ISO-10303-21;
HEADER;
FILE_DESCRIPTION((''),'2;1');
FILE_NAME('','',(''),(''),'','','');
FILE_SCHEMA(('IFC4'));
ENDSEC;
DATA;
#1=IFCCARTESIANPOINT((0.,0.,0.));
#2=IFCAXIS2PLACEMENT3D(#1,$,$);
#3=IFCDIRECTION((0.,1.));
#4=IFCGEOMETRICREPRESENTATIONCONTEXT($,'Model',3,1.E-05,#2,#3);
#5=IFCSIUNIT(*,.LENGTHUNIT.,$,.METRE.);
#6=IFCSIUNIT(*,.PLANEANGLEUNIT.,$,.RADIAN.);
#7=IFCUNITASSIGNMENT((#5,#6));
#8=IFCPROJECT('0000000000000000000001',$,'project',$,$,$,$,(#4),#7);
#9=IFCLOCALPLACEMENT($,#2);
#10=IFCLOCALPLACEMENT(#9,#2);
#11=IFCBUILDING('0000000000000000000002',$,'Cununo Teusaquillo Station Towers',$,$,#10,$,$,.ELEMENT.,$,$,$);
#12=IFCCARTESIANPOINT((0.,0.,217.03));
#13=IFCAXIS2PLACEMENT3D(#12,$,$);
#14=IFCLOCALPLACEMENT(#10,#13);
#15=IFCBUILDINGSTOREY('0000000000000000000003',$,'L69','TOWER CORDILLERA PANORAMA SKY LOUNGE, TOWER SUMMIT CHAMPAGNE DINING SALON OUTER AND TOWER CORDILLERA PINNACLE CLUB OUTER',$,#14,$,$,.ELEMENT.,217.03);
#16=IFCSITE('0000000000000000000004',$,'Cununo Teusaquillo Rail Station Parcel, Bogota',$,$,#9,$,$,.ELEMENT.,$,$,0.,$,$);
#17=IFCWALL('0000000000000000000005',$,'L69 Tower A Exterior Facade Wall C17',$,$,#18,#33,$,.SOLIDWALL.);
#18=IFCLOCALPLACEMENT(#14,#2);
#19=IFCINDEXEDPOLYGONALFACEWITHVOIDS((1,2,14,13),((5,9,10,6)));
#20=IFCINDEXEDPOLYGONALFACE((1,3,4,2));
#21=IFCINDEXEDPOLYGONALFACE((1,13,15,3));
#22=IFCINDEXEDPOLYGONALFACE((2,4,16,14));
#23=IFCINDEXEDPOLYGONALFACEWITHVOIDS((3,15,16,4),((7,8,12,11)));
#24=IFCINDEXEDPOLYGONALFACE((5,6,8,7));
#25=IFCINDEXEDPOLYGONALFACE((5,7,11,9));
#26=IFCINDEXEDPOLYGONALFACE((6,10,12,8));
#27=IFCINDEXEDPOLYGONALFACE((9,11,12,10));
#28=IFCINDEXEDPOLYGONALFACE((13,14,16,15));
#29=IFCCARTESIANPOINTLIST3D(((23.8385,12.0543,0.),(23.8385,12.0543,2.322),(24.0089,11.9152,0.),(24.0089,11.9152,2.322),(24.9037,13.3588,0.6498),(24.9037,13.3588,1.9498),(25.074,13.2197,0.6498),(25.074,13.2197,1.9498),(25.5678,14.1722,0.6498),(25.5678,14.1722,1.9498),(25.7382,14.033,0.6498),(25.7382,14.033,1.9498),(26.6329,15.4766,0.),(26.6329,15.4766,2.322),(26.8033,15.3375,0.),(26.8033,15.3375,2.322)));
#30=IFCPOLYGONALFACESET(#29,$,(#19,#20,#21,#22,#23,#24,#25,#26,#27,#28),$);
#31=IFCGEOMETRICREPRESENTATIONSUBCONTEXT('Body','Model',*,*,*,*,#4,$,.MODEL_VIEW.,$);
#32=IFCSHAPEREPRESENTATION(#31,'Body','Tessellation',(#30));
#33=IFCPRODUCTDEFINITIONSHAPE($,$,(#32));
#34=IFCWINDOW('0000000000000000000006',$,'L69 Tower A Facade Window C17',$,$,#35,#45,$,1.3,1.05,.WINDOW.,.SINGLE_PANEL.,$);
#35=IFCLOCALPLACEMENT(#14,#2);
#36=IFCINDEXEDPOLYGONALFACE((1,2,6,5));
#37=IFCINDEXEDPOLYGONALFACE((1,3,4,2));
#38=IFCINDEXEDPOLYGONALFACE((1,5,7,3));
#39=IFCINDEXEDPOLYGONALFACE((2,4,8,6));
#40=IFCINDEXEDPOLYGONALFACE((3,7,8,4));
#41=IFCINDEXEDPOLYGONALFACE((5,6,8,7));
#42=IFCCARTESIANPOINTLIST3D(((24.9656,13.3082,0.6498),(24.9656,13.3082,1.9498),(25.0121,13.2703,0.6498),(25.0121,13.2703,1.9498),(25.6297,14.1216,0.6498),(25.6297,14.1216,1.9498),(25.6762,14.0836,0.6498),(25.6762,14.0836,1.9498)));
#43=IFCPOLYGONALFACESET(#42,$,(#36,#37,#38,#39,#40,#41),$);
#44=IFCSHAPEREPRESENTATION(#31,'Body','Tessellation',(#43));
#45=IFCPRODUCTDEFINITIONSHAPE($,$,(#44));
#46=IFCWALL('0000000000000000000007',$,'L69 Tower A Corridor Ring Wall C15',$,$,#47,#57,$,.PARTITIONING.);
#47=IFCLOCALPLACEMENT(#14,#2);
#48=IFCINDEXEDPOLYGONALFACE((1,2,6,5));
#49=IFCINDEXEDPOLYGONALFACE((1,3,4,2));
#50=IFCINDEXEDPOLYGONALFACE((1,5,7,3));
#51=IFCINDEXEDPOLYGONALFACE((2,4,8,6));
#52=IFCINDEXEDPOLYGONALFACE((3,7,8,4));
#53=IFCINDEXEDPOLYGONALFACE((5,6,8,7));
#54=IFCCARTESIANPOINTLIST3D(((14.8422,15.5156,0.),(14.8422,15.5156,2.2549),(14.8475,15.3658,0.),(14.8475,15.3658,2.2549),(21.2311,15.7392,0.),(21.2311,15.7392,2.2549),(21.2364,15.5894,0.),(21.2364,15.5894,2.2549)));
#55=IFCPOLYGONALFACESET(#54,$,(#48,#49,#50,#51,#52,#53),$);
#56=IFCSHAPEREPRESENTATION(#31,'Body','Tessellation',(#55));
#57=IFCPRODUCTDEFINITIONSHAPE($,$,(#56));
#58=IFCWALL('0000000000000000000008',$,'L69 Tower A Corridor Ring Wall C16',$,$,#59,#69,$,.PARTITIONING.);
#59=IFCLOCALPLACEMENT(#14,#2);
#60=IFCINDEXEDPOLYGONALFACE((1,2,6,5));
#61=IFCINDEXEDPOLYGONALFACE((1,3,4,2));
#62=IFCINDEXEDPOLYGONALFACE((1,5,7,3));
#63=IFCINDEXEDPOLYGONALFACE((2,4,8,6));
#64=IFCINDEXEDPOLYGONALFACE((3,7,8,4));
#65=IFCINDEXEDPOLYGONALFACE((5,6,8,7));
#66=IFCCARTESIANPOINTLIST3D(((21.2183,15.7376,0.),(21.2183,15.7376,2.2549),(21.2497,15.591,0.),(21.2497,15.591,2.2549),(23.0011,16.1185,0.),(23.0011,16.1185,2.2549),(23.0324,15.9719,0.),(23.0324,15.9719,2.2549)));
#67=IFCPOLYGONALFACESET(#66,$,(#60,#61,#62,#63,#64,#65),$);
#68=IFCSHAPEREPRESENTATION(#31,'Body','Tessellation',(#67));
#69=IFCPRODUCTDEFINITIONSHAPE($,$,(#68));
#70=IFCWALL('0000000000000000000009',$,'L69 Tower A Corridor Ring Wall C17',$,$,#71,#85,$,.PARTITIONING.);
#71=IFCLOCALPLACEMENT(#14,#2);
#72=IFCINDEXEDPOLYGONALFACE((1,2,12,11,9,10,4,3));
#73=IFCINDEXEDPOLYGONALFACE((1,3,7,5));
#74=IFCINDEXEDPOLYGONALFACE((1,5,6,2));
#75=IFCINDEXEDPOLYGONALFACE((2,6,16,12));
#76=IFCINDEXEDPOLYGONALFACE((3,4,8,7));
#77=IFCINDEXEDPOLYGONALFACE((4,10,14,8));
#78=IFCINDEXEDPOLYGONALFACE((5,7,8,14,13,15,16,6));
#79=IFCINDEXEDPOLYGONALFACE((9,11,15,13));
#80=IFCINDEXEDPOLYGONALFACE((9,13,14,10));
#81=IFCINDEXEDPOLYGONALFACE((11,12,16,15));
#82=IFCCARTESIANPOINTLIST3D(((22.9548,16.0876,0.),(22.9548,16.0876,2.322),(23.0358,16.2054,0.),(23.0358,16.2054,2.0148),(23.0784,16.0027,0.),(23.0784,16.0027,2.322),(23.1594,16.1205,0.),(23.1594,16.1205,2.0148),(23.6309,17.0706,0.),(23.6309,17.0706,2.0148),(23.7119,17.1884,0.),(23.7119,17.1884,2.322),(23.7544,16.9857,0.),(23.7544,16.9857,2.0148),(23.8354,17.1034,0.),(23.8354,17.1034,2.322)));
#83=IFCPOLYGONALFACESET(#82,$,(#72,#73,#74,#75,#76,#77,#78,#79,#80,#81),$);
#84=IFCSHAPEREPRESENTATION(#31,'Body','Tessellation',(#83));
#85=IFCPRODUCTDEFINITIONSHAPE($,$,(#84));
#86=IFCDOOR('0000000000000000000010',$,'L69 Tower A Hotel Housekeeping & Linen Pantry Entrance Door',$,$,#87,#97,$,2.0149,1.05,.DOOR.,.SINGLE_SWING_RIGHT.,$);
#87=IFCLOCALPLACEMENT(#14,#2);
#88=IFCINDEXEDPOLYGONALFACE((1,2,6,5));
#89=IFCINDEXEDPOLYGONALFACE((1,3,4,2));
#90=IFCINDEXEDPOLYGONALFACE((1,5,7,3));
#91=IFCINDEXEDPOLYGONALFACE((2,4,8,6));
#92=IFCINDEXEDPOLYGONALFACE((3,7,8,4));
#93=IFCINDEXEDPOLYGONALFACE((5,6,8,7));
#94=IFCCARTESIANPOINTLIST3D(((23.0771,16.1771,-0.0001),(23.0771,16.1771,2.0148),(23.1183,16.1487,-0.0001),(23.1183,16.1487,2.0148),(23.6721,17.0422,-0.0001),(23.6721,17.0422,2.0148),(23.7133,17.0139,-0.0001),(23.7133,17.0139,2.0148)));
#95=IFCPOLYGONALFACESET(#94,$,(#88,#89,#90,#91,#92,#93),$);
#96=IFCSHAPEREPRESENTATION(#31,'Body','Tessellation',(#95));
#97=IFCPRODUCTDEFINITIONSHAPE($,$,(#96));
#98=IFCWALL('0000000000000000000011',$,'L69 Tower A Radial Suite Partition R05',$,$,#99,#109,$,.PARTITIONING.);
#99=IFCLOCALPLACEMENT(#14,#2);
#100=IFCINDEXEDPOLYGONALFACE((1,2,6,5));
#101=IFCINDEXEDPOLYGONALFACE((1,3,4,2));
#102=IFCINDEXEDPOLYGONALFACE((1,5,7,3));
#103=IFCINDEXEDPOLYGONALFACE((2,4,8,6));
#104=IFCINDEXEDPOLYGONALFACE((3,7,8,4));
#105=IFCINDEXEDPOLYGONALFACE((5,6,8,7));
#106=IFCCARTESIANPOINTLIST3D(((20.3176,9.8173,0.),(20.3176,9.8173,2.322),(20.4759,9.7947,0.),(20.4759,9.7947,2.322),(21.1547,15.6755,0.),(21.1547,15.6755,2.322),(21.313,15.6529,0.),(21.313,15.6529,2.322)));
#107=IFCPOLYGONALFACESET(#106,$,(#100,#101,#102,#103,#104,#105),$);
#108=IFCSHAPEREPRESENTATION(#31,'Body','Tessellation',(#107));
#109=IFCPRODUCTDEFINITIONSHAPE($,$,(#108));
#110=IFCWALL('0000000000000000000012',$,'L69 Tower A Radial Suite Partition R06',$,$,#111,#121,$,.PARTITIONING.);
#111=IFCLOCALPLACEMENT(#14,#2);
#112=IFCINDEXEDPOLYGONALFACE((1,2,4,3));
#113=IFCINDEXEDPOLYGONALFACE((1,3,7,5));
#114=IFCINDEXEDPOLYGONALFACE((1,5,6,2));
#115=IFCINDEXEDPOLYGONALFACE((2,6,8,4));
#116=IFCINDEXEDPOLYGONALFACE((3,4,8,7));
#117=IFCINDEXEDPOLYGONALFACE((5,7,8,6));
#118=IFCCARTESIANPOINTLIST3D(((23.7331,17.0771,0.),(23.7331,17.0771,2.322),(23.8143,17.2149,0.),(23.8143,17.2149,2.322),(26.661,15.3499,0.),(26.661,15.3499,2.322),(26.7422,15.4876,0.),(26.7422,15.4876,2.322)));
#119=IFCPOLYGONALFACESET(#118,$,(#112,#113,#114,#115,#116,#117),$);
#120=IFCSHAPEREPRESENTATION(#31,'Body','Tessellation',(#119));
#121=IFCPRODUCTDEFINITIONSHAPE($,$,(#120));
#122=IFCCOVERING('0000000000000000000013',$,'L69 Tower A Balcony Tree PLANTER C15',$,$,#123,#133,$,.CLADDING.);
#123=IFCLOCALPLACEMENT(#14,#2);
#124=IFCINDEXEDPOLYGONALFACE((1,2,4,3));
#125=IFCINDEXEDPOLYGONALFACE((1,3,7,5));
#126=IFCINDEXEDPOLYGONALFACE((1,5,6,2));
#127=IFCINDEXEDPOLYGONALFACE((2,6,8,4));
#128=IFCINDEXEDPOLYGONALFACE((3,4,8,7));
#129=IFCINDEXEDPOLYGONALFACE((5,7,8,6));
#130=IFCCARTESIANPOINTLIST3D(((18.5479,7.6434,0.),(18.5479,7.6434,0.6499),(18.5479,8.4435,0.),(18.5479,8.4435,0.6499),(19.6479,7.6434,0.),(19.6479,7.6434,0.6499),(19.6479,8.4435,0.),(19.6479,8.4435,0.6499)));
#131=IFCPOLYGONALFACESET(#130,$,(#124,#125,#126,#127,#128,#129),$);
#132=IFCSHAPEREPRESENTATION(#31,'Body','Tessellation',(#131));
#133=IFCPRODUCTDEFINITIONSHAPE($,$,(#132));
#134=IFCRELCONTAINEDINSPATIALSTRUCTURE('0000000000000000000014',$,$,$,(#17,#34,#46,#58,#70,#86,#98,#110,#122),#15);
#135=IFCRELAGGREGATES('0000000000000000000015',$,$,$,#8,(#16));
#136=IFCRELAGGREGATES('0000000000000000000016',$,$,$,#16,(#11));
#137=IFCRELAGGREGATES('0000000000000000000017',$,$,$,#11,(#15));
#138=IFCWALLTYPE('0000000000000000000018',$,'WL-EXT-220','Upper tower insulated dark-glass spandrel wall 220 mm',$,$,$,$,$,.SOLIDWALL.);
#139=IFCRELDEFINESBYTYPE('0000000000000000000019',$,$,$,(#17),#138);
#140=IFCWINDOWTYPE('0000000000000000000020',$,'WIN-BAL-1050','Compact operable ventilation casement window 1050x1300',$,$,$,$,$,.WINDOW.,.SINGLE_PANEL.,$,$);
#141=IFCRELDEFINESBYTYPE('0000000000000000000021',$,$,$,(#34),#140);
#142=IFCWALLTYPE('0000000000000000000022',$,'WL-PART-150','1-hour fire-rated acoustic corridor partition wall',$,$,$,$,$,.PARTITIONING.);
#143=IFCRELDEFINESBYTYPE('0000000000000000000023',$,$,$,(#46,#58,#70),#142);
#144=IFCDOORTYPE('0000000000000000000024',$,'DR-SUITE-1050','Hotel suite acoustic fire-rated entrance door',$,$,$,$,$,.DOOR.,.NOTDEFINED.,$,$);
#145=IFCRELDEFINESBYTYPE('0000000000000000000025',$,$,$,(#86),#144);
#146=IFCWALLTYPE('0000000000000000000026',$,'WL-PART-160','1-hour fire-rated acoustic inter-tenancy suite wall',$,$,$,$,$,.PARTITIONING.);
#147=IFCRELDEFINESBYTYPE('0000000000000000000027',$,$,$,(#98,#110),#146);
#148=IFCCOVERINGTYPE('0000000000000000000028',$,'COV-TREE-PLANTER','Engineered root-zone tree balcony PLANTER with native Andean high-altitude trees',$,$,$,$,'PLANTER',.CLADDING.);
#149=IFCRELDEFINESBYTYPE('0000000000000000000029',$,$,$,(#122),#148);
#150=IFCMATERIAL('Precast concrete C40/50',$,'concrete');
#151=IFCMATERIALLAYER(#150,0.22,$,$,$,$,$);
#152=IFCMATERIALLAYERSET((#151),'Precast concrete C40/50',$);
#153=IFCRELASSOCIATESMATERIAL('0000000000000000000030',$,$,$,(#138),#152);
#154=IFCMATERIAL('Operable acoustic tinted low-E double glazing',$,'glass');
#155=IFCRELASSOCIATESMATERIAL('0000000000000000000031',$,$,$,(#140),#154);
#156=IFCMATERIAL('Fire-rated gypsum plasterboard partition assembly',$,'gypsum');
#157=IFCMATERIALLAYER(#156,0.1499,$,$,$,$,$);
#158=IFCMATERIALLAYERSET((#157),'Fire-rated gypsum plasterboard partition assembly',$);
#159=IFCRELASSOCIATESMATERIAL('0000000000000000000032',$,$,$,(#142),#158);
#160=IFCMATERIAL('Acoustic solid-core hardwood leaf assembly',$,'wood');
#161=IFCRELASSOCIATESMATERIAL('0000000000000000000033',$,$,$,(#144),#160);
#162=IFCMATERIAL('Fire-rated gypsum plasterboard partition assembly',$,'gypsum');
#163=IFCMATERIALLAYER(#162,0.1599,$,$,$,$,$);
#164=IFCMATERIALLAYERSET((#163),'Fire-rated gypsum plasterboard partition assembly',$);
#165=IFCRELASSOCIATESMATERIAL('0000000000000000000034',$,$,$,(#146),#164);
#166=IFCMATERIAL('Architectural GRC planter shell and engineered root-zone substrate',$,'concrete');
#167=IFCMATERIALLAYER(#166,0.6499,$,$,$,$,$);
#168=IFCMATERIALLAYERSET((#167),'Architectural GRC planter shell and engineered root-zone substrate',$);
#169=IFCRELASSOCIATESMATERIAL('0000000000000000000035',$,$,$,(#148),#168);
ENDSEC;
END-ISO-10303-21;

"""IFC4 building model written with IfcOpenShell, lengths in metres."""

from ifc_helpers import new_model, si_unit, direction, frame, frame_2d, origin, origin_2d, place, context, subcontext, project, spatial, rectangle, extrude, source, transform, mapped, material, layer, layer_set, type_object, element, fill, save


model = new_model("IFC4")

# Units and contexts
model_context = context("Model", 3, precision=1e-05, world=origin(), true_north=direction((0.0, 1.0)))
body_context = subcontext(model_context, "Body", "Model", "MODEL_VIEW")
ifc_project = project(units=[si_unit("LENGTHUNIT", "METRE"), si_unit("PLANEANGLEUNIT", "RADIAN")], contexts=[model_context])

# Site, building, storey
site_placement = place(None, origin())
site = spatial("IfcSite", under=ifc_project, at=site_placement, Name="Cununo Teusaquillo Rail Station Parcel, Bogota", CompositionType="ELEMENT", RefElevation=0.0)
building_placement = place(site_placement, origin())
building = spatial("IfcBuilding", under=site, at=building_placement, Name="Cununo Teusaquillo Station Towers", CompositionType="ELEMENT")
storey_placement = place(building_placement, frame((0.0, 0.0, 217.03)))
storey = spatial("IfcBuildingStorey", under=building, at=storey_placement, Name="L69", Description="TOWER CORDILLERA PANORAMA SKY LOUNGE, TOWER SUMMIT CHAMPAGNE DINING SALON OUTER AND TOWER CORDILLERA PINNACLE CLUB OUTER", CompositionType="ELEMENT", Elevation=217.03)

# Shared definitions
ifc_material_1 = material(Name="Precast concrete C40/50", Category="concrete")
ifc_layer_1 = layer(ifc_material_1, 0.22)
ifc_layer_set_1 = layer_set([ifc_layer_1], Name="Precast concrete C40/50")
wall_type_1 = type_object("IfcWallType", Name="WL-EXT-220", Description="Upper tower insulated dark-glass spandrel wall 220 mm", PredefinedType="SOLIDWALL", material=ifc_layer_set_1)
shared_shape_1 = source(origin(), body_context, "Body", "SweptSolid", [
    extrude(rectangle(XDim=1.05, YDim=1.3, at=frame_2d((0.5249, 0.6499))), frame((0.0, 0.1199, 0.0), z_axis=(0.0, -1.0, 0.0), x_axis=(1.0, 0.0, 0.0)), (0.0, 0.0, 1.0), 0.24),
])
ifc_material_2 = material(Name="Operable acoustic tinted low-E double glazing", Category="glass")
window_type = type_object("IfcWindowType", Name="WIN-BAL-1050", Description="Compact operable ventilation casement window 1050x1300", PartitioningType="SINGLE_PANEL", PredefinedType="WINDOW", material=ifc_material_2)
shared_shape_2 = source(origin(), body_context, "Body", "SweptSolid", [
    extrude(rectangle(XDim=1.05, YDim=1.3, at=frame_2d((0.5249, 0.6499))), frame((0.0, 0.03, 0.0), z_axis=(0.0, -1.0, 0.0), x_axis=(1.0, 0.0, 0.0)), (0.0, 0.0, 1.0), 0.0601),
])

# Wall, opening, window
wall_1_placement = place(storey_placement, frame((26.718, 15.407, 0.0), z_axis=(0.0, 0.0, 1.0), x_axis=(-0.632467, -0.774587, 0.0)))
wall_1 = element("IfcWall", 1, at=wall_1_placement, inside=storey, type_object=wall_type_1, Name="L69 Tower A Exterior Facade Wall C17", PredefinedType="SOLIDWALL", context=body_context, shape_type="SweptSolid", body=[
    extrude(rectangle(XDim=4.4182, YDim=0.22, at=frame_2d((2.209, 0.0))), origin(), (0.0, 0.0, 1.0), 2.322),
])
opening_1_placement = place(wall_1_placement, frame((1.6841, 0.0, 0.6499)))
opening_1 = element("IfcOpeningElement", 2, at=opening_1_placement, cuts=wall_1, PredefinedType="OPENING", context=body_context, shape_type="MappedRepresentation", body=[
    mapped(shared_shape_1, transform((0.0, 0.0, 0.0), x_axis=(1.0, 0.0, 0.0), y_axis=(0.0, 1.0, 0.0), z_axis=(0.0, 0.0, 1.0), scale=1.0)),
])
window_1_placement = place(opening_1_placement, origin())
window_1 = element("IfcWindow", 3, at=window_1_placement, inside=storey, type_object=window_type, Name="L69 Tower A Facade Window C17", OverallHeight=1.3, OverallWidth=1.05, PartitioningType="SINGLE_PANEL", PredefinedType="WINDOW", context=body_context, shape_type="MappedRepresentation", body=[
    mapped(shared_shape_2, transform((0.0, 0.0, 0.0), x_axis=(1.0, 0.0, 0.0), y_axis=(0.0, 1.0, 0.0), z_axis=(0.0, 0.0, 1.0), scale=1.0)),
])
fill(opening_1, window_1)

# Walls
ifc_material_3 = material(Name="Fire-rated gypsum plasterboard partition assembly", Category="gypsum")
ifc_layer_2 = layer(ifc_material_3, 0.1499)
ifc_layer_set_2 = layer_set([ifc_layer_2], Name="Fire-rated gypsum plasterboard partition assembly")
wall_type_2 = type_object("IfcWallType", Name="WL-PART-150", Description="1-hour fire-rated acoustic corridor partition wall", PredefinedType="PARTITIONING", material=ifc_layer_set_2)
wall_2_placement = place(storey_placement, frame((14.845, 15.4407, 0.0), z_axis=(0.0, 0.0, 1.0), x_axis=(0.999388, 0.034982, 0.0)))
element("IfcWall", 4, at=wall_2_placement, inside=storey, type_object=wall_type_2, Name="L69 Tower A Corridor Ring Wall C15", PredefinedType="PARTITIONING", context=body_context, shape_type="SweptSolid", body=[
    extrude(rectangle(XDim=6.3928, YDim=0.1499, at=frame_2d((3.1963, 0.0))), origin(), (0.0, 0.0, 1.0), 2.2549),
])
wall_3_placement = place(storey_placement, frame((21.2339, 15.6643, 0.0), z_axis=(0.0, 0.0, 1.0), x_axis=(0.977932, 0.208925, 0.0)))
element("IfcWall", 5, at=wall_3_placement, inside=storey, type_object=wall_type_2, Name="L69 Tower A Corridor Ring Wall C16", PredefinedType="PARTITIONING", context=body_context, shape_type="SweptSolid", body=[
    extrude(rectangle(XDim=1.823, YDim=0.1499, at=frame_2d((0.9116, 0.0))), origin(), (0.0, 0.0, 1.0), 2.2549),
])

# Wall, opening, door
wall_4_placement = place(storey_placement, frame((23.0166, 16.0452, 0.0), z_axis=(0.0, 0.0, 1.0), x_axis=(0.566661, 0.823951, 0.0)))
wall_4 = element("IfcWall", 6, at=wall_4_placement, inside=storey, type_object=wall_type_2, Name="L69 Tower A Corridor Ring Wall C17", PredefinedType="PARTITIONING", context=body_context, shape_type="SweptSolid", body=[
    extrude(rectangle(XDim=1.3359, YDim=0.1499, at=frame_2d((0.668, 0.0))), origin(), (0.0, 0.0, 1.0), 2.322),
])
shared_shape_3 = source(origin(), body_context, "Body", "SweptSolid", [
    extrude(rectangle(XDim=1.05, YDim=2.0149, at=frame_2d((0.5249, 1.0073))), frame((0.0, 0.085, 0.0), z_axis=(0.0, -1.0, 0.0), x_axis=(1.0, 0.0, 0.0)), (0.0, 0.0, 1.0), 0.1699),
])
opening_2_placement = place(wall_4_placement, frame((0.1431, 0.0, 0.0)))
opening_2 = element("IfcOpeningElement", 7, at=opening_2_placement, cuts=wall_4, PredefinedType="OPENING", context=body_context, shape_type="MappedRepresentation", body=[
    mapped(shared_shape_3, transform((0.0, 0.0, 0.0), x_axis=(1.0, 0.0, 0.0), y_axis=(0.0, 1.0, 0.0), z_axis=(0.0, 0.0, 1.0), scale=1.0)),
])
ifc_material_4 = material(Name="Acoustic solid-core hardwood leaf assembly", Category="wood")
door_type_1 = type_object("IfcDoorType", Name="DR-SUITE-1050", Description="Hotel suite acoustic fire-rated entrance door", OperationType="NOTDEFINED", PredefinedType="DOOR", material=ifc_material_4)
shared_shape_4 = source(origin(), body_context, "Body", "SweptSolid", [
    extrude(rectangle(XDim=1.05, YDim=2.0149, at=frame_2d((0.5249, 1.0073))), frame((0.0, 0.0249, 0.0), z_axis=(0.0, -1.0, 0.0), x_axis=(1.0, 0.0, 0.0)), (0.0, 0.0, 1.0), 0.05),
])
door_1_placement = place(opening_2_placement, origin())
door_1 = element("IfcDoor", 8, at=door_1_placement, inside=storey, type_object=door_type_1, Name="L69 Tower A Hotel Housekeeping & Linen Pantry Entrance Door", OperationType="SINGLE_SWING_RIGHT", OverallHeight=2.0149, OverallWidth=1.05, PredefinedType="DOOR", context=body_context, shape_type="MappedRepresentation", body=[
    mapped(shared_shape_4, transform((0.0, 0.0, 0.0), x_axis=(1.0, 0.0, 0.0), y_axis=(0.0, 1.0, 0.0), z_axis=(0.0, 0.0, 1.0), scale=1.0)),
])
fill(opening_2, door_1)

# Walls
ifc_material_5 = material(Name="Fire-rated gypsum plasterboard partition assembly", Category="gypsum")
ifc_layer_3 = layer(ifc_material_5, 0.1599)
ifc_layer_set_3 = layer_set([ifc_layer_3], Name="Fire-rated gypsum plasterboard partition assembly")
wall_type_3 = type_object("IfcWallType", Name="WL-PART-160", Description="1-hour fire-rated acoustic inter-tenancy suite wall", PredefinedType="PARTITIONING", material=ifc_layer_set_3)
wall_5_placement = place(storey_placement, frame((21.2339, 15.6643, 0.0), z_axis=(0.0, 0.0, 1.0), x_axis=(-0.141468, -0.989943, 0.0)))
element("IfcWall", 9, at=wall_5_placement, inside=storey, type_object=wall_type_3, Name="L69 Tower A Radial Suite Partition R05", PredefinedType="PARTITIONING", context=body_context, shape_type="SweptSolid", body=[
    extrude(rectangle(XDim=5.9177, YDim=0.1599, at=frame_2d((2.959, 0.0))), origin(), (0.0, 0.0, 1.0), 2.322),
])
wall_6_placement = place(storey_placement, frame((23.7737, 17.146, 0.0), z_axis=(0.0, 0.0, 1.0), x_axis=(0.861297, -0.508103, 0.0)))
element("IfcWall", 10, at=wall_6_placement, inside=storey, type_object=wall_type_3, Name="L69 Tower A Radial Suite Partition R06", PredefinedType="PARTITIONING", context=body_context, shape_type="SweptSolid", body=[
    extrude(rectangle(XDim=3.3994, YDim=0.1599, at=frame_2d((1.6997, 0.0))), origin(), (0.0, 0.0, 1.0), 2.322),
])

# Covering
ifc_material_6 = material(Name="Architectural GRC planter shell and engineered root-zone substrate", Category="concrete")
ifc_layer_4 = layer(ifc_material_6, 0.6499)
ifc_layer_set_4 = layer_set([ifc_layer_4], Name="Architectural GRC planter shell and engineered root-zone substrate")
covering_type = type_object("IfcCoveringType", Name="COV-TREE-PLANTER", Description="Engineered root-zone tree balcony PLANTER with native Andean high-altitude trees", ElementType="PLANTER", PredefinedType="CLADDING", material=ifc_layer_set_4)
shared_shape_5 = source(origin(), body_context, "Body", "SweptSolid", [
    extrude(rectangle(XDim=1.1001, YDim=0.8, at=origin_2d()), origin(), (0.0, 0.0, 1.0), 0.6499),
])
covering_placement = place(storey_placement, frame((19.0979, 8.0435, 0.0), z_axis=(0.0, 0.0, 1.0), x_axis=(1.0, 0.0, 0.0)))
element("IfcCovering", 11, at=covering_placement, inside=storey, type_object=covering_type, Name="L69 Tower A Balcony Tree PLANTER C15", PredefinedType="CLADDING", context=body_context, shape_type="MappedRepresentation", body=[
    mapped(shared_shape_5, transform((0.0, 0.0, 0.0), x_axis=(1.0, 0.0, 0.0), y_axis=(0.0, 1.0, 0.0), z_axis=(0.0, 0.0, 1.0), scale=1.0)),
])

save(model, "model.ifc")
